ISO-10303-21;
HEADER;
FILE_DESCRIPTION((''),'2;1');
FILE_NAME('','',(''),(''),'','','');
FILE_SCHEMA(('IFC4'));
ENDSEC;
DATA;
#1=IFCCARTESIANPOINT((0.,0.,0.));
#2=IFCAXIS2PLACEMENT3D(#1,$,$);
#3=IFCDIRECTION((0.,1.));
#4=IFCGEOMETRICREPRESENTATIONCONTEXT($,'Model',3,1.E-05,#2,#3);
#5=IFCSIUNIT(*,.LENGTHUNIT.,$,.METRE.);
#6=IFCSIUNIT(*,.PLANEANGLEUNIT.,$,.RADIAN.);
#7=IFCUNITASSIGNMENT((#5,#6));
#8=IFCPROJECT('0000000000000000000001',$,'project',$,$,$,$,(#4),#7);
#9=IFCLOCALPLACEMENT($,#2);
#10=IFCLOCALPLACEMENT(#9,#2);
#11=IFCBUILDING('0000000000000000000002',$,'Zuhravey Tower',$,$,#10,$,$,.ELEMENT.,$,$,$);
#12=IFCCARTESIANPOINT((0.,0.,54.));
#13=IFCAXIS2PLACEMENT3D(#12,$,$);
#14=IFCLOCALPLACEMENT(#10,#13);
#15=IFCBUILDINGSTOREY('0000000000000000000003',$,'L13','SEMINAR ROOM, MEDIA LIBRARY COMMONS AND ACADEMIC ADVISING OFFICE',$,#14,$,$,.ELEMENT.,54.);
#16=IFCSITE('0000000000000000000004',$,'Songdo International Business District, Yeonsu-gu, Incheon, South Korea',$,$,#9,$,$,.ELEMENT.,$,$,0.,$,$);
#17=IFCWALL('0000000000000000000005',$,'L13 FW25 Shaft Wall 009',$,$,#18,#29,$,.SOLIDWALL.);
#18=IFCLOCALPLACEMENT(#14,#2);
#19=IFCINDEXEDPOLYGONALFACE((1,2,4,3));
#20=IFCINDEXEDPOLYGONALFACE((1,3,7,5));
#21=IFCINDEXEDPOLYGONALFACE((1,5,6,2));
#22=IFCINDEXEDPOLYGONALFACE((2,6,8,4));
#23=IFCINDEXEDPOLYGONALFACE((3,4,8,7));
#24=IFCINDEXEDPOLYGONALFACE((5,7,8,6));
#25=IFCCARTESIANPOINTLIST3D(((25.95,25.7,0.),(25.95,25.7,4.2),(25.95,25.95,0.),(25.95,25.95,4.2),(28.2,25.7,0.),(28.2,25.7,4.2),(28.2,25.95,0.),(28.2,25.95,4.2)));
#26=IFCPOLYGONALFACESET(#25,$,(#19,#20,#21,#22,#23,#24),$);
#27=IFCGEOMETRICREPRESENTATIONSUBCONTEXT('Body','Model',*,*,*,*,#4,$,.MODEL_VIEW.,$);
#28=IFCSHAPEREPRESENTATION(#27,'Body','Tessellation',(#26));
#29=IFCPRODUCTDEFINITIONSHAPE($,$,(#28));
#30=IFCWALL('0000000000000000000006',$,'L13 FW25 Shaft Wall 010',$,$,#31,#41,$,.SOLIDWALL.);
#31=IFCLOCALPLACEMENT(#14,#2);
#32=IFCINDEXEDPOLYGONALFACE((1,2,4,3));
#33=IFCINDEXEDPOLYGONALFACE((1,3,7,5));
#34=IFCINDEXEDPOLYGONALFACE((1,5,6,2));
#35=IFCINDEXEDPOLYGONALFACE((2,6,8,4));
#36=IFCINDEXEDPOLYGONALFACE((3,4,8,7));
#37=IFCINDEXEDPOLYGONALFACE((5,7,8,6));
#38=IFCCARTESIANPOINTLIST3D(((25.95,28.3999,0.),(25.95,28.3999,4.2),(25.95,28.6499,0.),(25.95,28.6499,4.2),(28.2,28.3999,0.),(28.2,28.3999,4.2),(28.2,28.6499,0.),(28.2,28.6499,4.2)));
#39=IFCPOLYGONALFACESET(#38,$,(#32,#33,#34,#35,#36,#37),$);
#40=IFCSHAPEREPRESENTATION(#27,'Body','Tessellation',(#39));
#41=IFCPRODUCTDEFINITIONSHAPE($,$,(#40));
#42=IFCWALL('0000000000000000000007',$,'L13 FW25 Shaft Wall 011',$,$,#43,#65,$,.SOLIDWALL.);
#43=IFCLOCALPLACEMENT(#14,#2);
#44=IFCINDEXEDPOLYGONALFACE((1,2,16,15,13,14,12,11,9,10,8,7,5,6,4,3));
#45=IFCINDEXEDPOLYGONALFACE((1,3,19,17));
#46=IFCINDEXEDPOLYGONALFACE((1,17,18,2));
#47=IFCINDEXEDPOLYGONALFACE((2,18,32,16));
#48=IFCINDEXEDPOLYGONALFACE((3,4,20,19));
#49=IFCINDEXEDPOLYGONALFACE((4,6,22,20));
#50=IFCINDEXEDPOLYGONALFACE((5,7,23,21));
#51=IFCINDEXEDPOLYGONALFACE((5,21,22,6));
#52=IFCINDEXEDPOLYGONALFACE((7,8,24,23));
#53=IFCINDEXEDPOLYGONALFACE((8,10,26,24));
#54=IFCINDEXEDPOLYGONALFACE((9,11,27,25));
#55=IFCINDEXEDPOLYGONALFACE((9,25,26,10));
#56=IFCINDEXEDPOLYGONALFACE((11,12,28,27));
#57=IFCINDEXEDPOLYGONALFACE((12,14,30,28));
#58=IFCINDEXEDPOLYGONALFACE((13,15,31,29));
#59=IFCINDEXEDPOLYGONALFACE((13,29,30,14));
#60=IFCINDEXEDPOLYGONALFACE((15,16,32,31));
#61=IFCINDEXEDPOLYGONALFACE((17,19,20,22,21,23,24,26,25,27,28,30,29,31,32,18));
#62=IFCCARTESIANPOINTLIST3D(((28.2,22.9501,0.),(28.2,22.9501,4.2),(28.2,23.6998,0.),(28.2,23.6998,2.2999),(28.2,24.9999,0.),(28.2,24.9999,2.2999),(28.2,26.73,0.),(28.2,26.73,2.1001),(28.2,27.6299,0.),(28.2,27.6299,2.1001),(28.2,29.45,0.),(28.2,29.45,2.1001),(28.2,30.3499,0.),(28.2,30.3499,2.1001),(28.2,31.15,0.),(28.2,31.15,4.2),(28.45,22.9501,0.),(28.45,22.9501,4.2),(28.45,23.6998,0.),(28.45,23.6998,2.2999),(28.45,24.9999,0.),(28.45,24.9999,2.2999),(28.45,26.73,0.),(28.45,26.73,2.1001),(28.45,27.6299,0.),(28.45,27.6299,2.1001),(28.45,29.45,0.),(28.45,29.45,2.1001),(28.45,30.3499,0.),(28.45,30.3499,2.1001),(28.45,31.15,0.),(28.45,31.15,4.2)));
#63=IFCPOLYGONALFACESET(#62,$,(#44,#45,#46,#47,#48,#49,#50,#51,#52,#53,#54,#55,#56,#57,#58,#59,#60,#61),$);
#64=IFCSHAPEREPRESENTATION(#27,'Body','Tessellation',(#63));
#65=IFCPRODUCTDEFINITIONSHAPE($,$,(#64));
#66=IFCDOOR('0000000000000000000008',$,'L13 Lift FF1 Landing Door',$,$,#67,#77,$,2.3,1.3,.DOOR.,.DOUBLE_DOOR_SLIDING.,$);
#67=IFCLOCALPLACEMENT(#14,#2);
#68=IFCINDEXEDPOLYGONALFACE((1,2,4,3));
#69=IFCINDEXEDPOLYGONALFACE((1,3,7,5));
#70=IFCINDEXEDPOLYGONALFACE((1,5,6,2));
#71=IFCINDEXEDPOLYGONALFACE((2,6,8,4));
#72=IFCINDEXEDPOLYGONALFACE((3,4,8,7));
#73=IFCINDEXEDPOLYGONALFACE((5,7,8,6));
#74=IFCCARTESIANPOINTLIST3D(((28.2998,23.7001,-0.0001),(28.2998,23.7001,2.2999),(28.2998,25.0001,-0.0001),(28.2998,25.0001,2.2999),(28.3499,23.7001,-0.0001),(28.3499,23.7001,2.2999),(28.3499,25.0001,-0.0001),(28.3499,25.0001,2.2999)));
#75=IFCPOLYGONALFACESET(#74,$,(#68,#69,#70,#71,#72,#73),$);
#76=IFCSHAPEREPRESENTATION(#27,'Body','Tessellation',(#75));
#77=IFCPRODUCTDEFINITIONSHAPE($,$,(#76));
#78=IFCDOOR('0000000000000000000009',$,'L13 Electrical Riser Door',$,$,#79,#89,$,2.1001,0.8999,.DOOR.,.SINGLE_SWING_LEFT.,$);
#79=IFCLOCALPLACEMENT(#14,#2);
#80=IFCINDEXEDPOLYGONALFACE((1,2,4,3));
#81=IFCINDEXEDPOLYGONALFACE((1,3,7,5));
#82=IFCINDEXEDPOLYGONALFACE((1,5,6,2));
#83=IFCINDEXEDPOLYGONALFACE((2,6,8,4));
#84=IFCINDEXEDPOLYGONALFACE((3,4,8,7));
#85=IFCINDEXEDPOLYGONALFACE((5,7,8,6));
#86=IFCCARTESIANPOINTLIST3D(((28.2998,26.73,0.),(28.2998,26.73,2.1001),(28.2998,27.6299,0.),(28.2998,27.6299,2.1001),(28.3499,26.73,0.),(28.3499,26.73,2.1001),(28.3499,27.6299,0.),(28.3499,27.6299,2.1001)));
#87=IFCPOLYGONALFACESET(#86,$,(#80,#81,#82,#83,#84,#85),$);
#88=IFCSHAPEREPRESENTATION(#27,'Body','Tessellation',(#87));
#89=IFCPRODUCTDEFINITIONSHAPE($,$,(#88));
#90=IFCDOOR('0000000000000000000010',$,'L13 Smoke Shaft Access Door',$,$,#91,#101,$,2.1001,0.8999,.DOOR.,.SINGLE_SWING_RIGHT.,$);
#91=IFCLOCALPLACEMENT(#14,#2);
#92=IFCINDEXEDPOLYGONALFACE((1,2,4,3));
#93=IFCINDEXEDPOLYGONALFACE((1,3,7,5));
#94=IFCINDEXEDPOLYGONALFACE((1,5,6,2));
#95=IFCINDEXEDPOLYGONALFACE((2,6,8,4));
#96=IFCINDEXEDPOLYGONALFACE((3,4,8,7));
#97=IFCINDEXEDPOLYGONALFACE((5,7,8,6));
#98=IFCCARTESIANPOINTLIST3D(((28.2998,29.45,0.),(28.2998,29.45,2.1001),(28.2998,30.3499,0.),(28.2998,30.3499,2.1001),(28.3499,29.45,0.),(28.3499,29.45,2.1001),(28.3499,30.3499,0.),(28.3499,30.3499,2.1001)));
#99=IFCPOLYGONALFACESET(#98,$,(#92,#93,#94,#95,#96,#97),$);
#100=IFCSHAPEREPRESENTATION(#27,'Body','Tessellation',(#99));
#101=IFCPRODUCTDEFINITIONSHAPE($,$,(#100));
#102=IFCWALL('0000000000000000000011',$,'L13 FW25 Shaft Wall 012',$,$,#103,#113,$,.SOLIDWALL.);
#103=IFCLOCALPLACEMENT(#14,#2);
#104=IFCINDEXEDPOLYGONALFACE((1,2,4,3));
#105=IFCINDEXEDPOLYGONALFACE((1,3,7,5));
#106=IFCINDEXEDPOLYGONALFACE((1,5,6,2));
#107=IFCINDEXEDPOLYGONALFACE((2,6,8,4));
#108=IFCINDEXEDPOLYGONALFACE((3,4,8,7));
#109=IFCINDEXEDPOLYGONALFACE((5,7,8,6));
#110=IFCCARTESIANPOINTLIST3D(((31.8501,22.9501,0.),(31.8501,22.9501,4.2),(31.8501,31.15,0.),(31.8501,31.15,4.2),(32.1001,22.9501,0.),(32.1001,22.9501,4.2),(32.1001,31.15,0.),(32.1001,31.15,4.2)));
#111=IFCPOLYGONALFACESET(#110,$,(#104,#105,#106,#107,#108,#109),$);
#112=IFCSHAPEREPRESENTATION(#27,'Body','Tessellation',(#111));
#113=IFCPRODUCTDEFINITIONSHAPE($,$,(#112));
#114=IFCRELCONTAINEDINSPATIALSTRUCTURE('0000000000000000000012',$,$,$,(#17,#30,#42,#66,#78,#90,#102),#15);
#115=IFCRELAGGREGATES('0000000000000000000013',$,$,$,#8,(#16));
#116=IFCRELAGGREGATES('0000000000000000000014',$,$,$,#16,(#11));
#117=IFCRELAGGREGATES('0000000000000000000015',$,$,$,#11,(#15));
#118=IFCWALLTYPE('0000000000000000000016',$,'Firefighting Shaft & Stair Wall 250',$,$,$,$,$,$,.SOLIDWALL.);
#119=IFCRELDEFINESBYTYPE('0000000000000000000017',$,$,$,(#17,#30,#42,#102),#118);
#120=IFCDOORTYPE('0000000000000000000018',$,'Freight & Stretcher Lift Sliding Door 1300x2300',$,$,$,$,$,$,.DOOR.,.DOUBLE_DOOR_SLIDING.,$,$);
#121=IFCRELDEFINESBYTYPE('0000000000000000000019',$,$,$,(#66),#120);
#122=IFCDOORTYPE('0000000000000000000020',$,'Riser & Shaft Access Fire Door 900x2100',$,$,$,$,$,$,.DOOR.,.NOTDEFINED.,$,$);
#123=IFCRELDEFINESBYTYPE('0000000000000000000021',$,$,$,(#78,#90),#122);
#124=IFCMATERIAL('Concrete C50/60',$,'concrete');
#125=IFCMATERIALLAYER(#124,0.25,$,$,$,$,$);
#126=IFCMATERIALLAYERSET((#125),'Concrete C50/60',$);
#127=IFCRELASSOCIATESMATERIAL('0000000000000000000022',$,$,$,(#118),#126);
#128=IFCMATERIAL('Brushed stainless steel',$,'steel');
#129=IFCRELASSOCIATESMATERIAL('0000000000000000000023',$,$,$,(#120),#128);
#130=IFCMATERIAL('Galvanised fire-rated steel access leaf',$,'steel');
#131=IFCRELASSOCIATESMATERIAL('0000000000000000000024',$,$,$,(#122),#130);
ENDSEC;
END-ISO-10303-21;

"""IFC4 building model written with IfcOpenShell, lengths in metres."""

from ifc_helpers import new_model, si_unit, direction, frame, frame_2d, origin, place, context, subcontext, project, spatial, rectangle, extrude, material, layer, layer_set, type_object, element, fill, save


model = new_model("IFC4")

# Units and contexts
model_context = context("Model", 3, precision=1e-05, world=origin(), true_north=direction((0.0, 1.0)))
body_context = subcontext(model_context, "Body", "Model", "MODEL_VIEW")
ifc_project = project(units=[si_unit("LENGTHUNIT", "METRE"), si_unit("PLANEANGLEUNIT", "RADIAN")], contexts=[model_context])

# Site, building, storey
site_placement = place(None, origin())
site = spatial("IfcSite", under=ifc_project, at=site_placement, Name="Songdo International Business District, Yeonsu-gu, Incheon, South Korea", CompositionType="ELEMENT", RefElevation=0.0)
building_placement = place(site_placement, origin())
building = spatial("IfcBuilding", under=site, at=building_placement, Name="Zuhravey Tower", CompositionType="ELEMENT")
storey_placement = place(building_placement, frame((0.0, 0.0, 54.0)))
storey = spatial("IfcBuildingStorey", under=building, at=storey_placement, Name="L13", Description="SEMINAR ROOM, MEDIA LIBRARY COMMONS AND ACADEMIC ADVISING OFFICE", CompositionType="ELEMENT", Elevation=54.0)

# Shared definitions
ifc_material_1 = material(Name="Concrete C50/60", Category="concrete")
ifc_layer_1 = layer(ifc_material_1, 0.25)
ifc_layer_set_1 = layer_set([ifc_layer_1], Name="Concrete C50/60")
wall_type_1 = type_object("IfcWallType", Name="Firefighting Shaft & Stair Wall 250", PredefinedType="SOLIDWALL", material=ifc_layer_set_1)

# Walls
for number, where, z_axis, x_axis, name in (
    (1, (25.95, 25.825, 0.0), (0.0, 0.0, 1.0), (1.0, 0.0, 0.0), "L13 FW25 Shaft Wall 009"),
    (2, (25.95, 28.5249, 0.0), (0.0, 0.0, 1.0), (1.0, 0.0, 0.0), "L13 FW25 Shaft Wall 010"),
):
    element("IfcWall", number, at=place(storey_placement, frame(where, z_axis=z_axis, x_axis=x_axis)), inside=storey, type_object=wall_type_1, Name=name, PredefinedType="SOLIDWALL", context=body_context, shape_type="SweptSolid", body=[
        extrude(rectangle(XDim=2.25, YDim=0.25, at=frame_2d((1.125, 0.0))), origin(), (0.0, 0.0, 1.0), 4.2),
    ])

# Wall, openings, doors
wall_1_placement = place(storey_placement, frame((28.325, 22.95, 0.0), z_axis=(0.0, 0.0, 1.0), x_axis=(0.0, 1.0, 0.0)))
wall_1 = element("IfcWall", 3, at=wall_1_placement, inside=storey, type_object=wall_type_1, Name="L13 FW25 Shaft Wall 011", PredefinedType="SOLIDWALL", context=body_context, shape_type="SweptSolid", body=[
    extrude(rectangle(XDim=8.2, YDim=0.25, at=frame_2d((4.1001, 0.0))), origin(), (0.0, 0.0, 1.0), 4.2),
])
opening_1_placement = place(wall_1_placement, frame((0.75, 0.0, 0.0)))
opening_1 = element("IfcOpeningElement", 4, at=opening_1_placement, cuts=wall_1, PredefinedType="OPENING", context=body_context, shape_type="SweptSolid", body=[
    extrude(rectangle(XDim=1.3, YDim=2.3, at=frame_2d((0.6499, 1.1499))), frame((0.0, 0.137, 0.0), z_axis=(0.0, -1.0, 0.0), x_axis=(1.0, 0.0, 0.0)), (0.0, 0.0, 1.0), 0.2739),
])
opening_2_placement = place(wall_1_placement, frame((3.78, 0.0, 0.0)))
opening_2 = element("IfcOpeningElement", 5, at=opening_2_placement, cuts=wall_1, PredefinedType="OPENING", context=body_context, shape_type="SweptSolid", body=[
    extrude(rectangle(XDim=0.8999, YDim=2.1001, at=frame_2d((0.45, 1.05))), frame((0.0, 0.137, 0.0), z_axis=(0.0, -1.0, 0.0), x_axis=(1.0, 0.0, 0.0)), (0.0, 0.0, 1.0), 0.2739),
])
opening_3_placement = place(wall_1_placement, frame((6.5, 0.0, 0.0)))
opening_3 = element("IfcOpeningElement", 6, at=opening_3_placement, cuts=wall_1, PredefinedType="OPENING", context=body_context, shape_type="SweptSolid", body=[
    extrude(rectangle(XDim=0.8999, YDim=2.1001, at=frame_2d((0.45, 1.05))), frame((0.0, 0.137, 0.0), z_axis=(0.0, -1.0, 0.0), x_axis=(1.0, 0.0, 0.0)), (0.0, 0.0, 1.0), 0.2739),
])
ifc_material_2 = material(Name="Brushed stainless steel", Category="steel")
door_type_1 = type_object("IfcDoorType", Name="Freight & Stretcher Lift Sliding Door 1300x2300", OperationType="DOUBLE_DOOR_SLIDING", PredefinedType="DOOR", material=ifc_material_2)
door_1_placement = place(opening_1_placement, frame((1.3, 0.0, 0.0), z_axis=(0.0, 0.0, 1.0), x_axis=(-1.0, 0.0, 0.0)))
door_1 = element("IfcDoor", 7, at=door_1_placement, inside=storey, type_object=door_type_1, Name="L13 Lift FF1 Landing Door", OperationType="DOUBLE_DOOR_SLIDING", OverallHeight=2.3, OverallWidth=1.3, PredefinedType="DOOR", context=body_context, shape_type="SweptSolid", body=[
    extrude(rectangle(XDim=1.3, YDim=2.3, at=frame_2d((0.6499, 1.1499))), frame((0.0, 0.0249, 0.0), z_axis=(0.0, -1.0, 0.0), x_axis=(1.0, 0.0, 0.0)), (0.0, 0.0, 1.0), 0.05),
])
fill(opening_1, door_1)
ifc_material_3 = material(Name="Galvanised fire-rated steel access leaf", Category="steel")
door_type_2 = type_object("IfcDoorType", Name="Riser & Shaft Access Fire Door 900x2100", OperationType="NOTDEFINED", PredefinedType="DOOR", material=ifc_material_3)
door_2_placement = place(opening_2_placement, frame((0.8999, 0.0, 0.0), z_axis=(0.0, 0.0, 1.0), x_axis=(-1.0, 0.0, 0.0)))
door_2 = element("IfcDoor", 8, at=door_2_placement, inside=storey, type_object=door_type_2, Name="L13 Electrical Riser Door", OperationType="SINGLE_SWING_LEFT", OverallHeight=2.1001, OverallWidth=0.8999, PredefinedType="DOOR", context=body_context, shape_type="SweptSolid", body=[
    extrude(rectangle(XDim=0.8999, YDim=2.1001, at=frame_2d((0.45, 1.05))), frame((0.0, 0.0249, 0.0), z_axis=(0.0, -1.0, 0.0), x_axis=(1.0, 0.0, 0.0)), (0.0, 0.0, 1.0), 0.05),
])
fill(opening_2, door_2)
door_3_placement = place(opening_3_placement, frame((0.8999, 0.0, 0.0), z_axis=(0.0, 0.0, 1.0), x_axis=(-1.0, 0.0, 0.0)))
door_3 = element("IfcDoor", 9, at=door_3_placement, inside=storey, type_object=door_type_2, Name="L13 Smoke Shaft Access Door", OperationType="SINGLE_SWING_RIGHT", OverallHeight=2.1001, OverallWidth=0.8999, PredefinedType="DOOR", context=body_context, shape_type="SweptSolid", body=[
    extrude(rectangle(XDim=0.8999, YDim=2.1001, at=frame_2d((0.45, 1.05))), frame((0.0, 0.0249, 0.0), z_axis=(0.0, -1.0, 0.0), x_axis=(1.0, 0.0, 0.0)), (0.0, 0.0, 1.0), 0.05),
])
fill(opening_3, door_3)

# Wall
wall_2_placement = place(storey_placement, frame((31.9751, 22.95, 0.0), z_axis=(0.0, 0.0, 1.0), x_axis=(0.0, 1.0, 0.0)))
element("IfcWall", 10, at=wall_2_placement, inside=storey, type_object=wall_type_1, Name="L13 FW25 Shaft Wall 012", PredefinedType="SOLIDWALL", context=body_context, shape_type="SweptSolid", body=[
    extrude(rectangle(XDim=8.2, YDim=0.25, at=frame_2d((4.1001, 0.0))), origin(), (0.0, 0.0, 1.0), 4.2),
])

save(model, "model.ifc")
